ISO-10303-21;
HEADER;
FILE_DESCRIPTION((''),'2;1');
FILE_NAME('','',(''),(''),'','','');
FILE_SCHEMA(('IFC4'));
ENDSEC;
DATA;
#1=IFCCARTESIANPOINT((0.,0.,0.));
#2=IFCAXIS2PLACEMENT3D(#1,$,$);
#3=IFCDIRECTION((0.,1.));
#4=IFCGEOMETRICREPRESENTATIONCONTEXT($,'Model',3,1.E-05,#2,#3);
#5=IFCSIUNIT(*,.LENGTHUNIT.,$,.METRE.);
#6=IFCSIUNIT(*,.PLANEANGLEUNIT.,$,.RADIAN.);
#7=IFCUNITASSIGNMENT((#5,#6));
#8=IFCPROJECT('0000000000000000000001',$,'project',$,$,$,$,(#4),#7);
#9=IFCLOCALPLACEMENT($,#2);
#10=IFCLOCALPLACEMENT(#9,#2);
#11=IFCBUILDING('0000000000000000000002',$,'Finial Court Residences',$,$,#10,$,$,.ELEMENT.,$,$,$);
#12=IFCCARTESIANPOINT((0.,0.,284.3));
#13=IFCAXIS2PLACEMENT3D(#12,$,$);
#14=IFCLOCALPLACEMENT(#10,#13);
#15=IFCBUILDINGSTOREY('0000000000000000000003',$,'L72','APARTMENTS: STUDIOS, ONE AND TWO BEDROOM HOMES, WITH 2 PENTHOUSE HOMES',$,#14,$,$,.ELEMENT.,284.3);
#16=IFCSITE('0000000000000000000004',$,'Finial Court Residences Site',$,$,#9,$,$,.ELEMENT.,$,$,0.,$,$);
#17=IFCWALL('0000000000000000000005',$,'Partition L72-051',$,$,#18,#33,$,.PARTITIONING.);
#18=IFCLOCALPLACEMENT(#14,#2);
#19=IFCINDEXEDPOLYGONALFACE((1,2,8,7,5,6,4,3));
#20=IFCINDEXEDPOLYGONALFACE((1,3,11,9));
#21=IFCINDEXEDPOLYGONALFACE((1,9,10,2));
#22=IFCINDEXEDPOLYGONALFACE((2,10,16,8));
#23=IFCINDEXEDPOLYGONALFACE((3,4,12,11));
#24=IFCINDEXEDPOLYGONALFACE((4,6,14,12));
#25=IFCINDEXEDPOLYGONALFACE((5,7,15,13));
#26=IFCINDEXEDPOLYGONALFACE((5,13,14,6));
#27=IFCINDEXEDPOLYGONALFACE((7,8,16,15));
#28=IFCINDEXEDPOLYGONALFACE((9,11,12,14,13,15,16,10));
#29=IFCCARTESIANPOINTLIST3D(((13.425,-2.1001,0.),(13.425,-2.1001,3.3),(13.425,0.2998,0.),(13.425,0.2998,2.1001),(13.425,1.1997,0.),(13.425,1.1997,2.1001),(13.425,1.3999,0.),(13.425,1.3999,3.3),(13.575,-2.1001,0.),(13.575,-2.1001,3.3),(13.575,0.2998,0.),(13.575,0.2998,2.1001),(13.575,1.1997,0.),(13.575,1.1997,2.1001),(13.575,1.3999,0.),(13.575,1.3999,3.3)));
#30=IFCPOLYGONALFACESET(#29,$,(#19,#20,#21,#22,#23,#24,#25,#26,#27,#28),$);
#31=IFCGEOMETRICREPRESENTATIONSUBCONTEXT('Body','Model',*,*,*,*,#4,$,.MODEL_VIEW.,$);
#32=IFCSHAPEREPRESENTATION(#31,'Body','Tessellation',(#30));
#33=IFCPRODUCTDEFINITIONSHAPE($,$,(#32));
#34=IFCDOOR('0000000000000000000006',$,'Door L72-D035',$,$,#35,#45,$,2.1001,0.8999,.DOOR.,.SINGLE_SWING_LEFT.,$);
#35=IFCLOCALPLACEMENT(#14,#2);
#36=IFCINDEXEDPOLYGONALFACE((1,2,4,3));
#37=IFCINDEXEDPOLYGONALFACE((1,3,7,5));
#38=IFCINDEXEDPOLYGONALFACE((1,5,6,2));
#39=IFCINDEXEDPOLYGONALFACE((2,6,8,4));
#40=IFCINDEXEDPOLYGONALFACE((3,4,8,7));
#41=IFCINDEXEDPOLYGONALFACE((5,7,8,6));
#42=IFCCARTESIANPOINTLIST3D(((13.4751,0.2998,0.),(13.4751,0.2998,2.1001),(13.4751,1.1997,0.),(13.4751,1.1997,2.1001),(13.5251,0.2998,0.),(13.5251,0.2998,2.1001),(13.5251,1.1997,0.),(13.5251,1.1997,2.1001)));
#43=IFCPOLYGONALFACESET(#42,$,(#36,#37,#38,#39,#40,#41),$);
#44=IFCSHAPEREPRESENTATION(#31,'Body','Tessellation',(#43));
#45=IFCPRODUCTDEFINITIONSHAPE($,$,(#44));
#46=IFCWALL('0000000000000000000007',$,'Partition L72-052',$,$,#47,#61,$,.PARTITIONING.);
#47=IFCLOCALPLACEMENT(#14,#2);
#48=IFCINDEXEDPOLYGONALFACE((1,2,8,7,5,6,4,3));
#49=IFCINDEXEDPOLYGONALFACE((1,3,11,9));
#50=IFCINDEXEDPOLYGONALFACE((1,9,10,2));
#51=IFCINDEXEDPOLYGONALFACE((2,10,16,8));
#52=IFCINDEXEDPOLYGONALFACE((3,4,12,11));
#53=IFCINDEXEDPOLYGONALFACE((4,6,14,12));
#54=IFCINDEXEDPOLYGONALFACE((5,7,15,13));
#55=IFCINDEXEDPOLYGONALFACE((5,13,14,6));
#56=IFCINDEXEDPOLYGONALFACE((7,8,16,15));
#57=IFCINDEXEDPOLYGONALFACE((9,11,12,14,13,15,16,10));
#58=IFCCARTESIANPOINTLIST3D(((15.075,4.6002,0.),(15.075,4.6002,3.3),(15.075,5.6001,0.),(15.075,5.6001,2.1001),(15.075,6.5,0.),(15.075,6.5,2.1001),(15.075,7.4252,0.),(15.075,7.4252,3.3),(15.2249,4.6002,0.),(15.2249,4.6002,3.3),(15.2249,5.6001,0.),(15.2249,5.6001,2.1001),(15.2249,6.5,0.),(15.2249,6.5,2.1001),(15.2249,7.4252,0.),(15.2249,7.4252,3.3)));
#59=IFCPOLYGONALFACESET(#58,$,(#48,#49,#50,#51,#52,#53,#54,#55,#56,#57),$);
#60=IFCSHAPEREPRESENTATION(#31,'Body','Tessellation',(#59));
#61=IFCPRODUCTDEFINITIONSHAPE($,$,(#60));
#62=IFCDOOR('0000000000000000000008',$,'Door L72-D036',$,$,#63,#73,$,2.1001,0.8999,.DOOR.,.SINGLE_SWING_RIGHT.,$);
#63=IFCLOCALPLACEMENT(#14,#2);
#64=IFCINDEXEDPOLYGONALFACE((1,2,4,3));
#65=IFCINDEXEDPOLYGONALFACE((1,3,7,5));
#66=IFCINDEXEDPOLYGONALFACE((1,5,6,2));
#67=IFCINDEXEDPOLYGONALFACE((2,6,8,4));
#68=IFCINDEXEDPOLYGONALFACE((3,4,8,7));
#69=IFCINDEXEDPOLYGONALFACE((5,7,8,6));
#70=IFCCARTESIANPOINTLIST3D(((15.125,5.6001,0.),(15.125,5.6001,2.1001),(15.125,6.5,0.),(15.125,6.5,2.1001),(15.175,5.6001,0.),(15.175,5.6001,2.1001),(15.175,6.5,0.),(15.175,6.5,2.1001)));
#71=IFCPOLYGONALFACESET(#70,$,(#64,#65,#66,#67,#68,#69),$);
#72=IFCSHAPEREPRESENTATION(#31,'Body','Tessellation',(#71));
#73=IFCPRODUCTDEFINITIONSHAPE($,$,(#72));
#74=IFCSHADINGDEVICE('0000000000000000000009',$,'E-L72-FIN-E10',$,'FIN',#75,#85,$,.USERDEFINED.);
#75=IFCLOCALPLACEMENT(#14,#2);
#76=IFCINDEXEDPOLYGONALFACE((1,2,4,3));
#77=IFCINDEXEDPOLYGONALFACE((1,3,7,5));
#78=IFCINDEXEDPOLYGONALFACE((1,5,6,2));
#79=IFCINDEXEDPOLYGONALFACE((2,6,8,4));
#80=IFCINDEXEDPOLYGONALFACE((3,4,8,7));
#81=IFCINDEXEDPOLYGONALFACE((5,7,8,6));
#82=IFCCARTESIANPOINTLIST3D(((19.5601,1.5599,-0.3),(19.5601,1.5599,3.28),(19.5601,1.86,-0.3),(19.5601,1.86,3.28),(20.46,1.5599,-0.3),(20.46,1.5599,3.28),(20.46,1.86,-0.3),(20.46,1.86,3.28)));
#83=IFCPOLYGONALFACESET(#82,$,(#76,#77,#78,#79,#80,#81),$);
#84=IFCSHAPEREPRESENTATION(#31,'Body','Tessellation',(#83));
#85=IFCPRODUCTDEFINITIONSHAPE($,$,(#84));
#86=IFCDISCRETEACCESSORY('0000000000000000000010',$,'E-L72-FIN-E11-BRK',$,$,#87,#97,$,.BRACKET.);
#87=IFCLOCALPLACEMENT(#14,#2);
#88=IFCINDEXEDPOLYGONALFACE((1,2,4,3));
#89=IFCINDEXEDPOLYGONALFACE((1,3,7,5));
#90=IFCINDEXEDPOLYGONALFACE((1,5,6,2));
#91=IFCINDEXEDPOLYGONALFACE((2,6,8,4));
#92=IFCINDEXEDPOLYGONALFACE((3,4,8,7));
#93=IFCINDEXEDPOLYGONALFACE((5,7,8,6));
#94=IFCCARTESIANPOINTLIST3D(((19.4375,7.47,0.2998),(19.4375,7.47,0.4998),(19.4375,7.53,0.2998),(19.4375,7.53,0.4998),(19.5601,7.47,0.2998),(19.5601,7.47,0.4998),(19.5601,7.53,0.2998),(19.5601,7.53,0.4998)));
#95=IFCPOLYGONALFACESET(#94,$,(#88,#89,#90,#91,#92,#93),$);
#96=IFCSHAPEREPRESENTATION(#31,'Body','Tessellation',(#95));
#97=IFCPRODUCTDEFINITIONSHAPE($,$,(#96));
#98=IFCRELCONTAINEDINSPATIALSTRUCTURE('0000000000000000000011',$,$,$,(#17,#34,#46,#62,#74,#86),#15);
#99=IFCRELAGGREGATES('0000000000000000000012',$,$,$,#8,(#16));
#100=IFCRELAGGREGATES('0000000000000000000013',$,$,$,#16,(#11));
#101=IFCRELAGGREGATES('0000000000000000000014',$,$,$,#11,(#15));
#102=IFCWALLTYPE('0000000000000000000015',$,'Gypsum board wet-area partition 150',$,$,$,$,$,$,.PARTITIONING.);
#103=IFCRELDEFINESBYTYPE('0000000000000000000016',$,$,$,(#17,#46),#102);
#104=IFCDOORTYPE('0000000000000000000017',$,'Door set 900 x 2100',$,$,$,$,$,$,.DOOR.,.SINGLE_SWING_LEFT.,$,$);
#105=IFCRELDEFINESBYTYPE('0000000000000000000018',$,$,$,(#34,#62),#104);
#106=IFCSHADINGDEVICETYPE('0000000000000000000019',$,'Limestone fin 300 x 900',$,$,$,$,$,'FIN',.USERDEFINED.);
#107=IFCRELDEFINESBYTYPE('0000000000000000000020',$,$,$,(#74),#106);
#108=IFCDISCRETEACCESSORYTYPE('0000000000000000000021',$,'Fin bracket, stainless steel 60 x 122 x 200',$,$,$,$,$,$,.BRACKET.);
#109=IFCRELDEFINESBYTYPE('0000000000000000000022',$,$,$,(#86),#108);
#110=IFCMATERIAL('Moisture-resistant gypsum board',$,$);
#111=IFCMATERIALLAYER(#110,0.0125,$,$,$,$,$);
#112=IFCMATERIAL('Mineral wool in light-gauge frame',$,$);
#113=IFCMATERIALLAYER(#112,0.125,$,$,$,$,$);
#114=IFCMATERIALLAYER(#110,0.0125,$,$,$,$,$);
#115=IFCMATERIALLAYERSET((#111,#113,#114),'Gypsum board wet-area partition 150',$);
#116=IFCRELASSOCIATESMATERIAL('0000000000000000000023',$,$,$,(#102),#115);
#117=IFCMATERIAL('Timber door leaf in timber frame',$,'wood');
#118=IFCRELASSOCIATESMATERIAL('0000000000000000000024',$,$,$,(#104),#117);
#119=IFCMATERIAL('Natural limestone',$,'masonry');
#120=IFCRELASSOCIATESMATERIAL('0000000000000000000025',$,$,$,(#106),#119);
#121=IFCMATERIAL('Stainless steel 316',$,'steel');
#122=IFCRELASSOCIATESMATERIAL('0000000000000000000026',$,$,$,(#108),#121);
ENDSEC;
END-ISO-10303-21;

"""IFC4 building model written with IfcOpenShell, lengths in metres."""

from ifc_helpers import new_model, si_unit, direction, frame, frame_2d, origin, origin_2d, place, context, subcontext, project, spatial, rectangle, extrude, material, layer, layer_set, type_object, element, fill, save


model = new_model("IFC4")

# Units and contexts
model_context = context("Model", 3, precision=1e-05, world=origin(), true_north=direction((0.0, 1.0)))
body_context = subcontext(model_context, "Body", "Model", "MODEL_VIEW")
ifc_project = project(units=[si_unit("LENGTHUNIT", "METRE"), si_unit("PLANEANGLEUNIT", "RADIAN")], contexts=[model_context])

# Site, building, storey
site_placement = place(None, origin())
site = spatial("IfcSite", under=ifc_project, at=site_placement, Name="Finial Court Residences Site", CompositionType="ELEMENT", RefElevation=0.0)
building_placement = place(site_placement, origin())
building = spatial("IfcBuilding", under=site, at=building_placement, Name="Finial Court Residences", CompositionType="ELEMENT")
storey_placement = place(building_placement, frame((0.0, 0.0, 284.3)))
storey = spatial("IfcBuildingStorey", under=building, at=storey_placement, Name="L72", Description="APARTMENTS: STUDIOS, ONE AND TWO BEDROOM HOMES, WITH 2 PENTHOUSE HOMES", CompositionType="ELEMENT", Elevation=284.3)

# Shared definitions
ifc_material_1 = material(Name="Mineral wool in light-gauge frame")
ifc_material_2 = material(Name="Moisture-resistant gypsum board")
ifc_layer_1 = layer(ifc_material_2, 0.0125)
ifc_layer_2 = layer(ifc_material_1, 0.125)
ifc_layer_3 = layer(ifc_material_2, 0.0125)
ifc_layer_set_1 = layer_set([ifc_layer_1, ifc_layer_2, ifc_layer_3], Name="Gypsum board wet-area partition 150")
wall_type_1 = type_object("IfcWallType", Name="Gypsum board wet-area partition 150", PredefinedType="PARTITIONING", material=ifc_layer_set_1)

# Walls, openings, doors
wall_1_placement = place(storey_placement, frame((13.5, -2.1001, 0.0), z_axis=(0.0, 0.0, 1.0), x_axis=(0.0, 1.0, 0.0)))
wall_1 = element("IfcWall", 1, at=wall_1_placement, inside=storey, type_object=wall_type_1, Name="Partition L72-051", PredefinedType="PARTITIONING", context=body_context, shape_type="SweptSolid", body=[
    extrude(rectangle(XDim=3.5, YDim=0.1499, at=frame_2d((1.75, 0.0))), origin(), (0.0, 0.0, 1.0), 3.3),
])
opening_1_placement = place(wall_1_placement, frame((2.3999, 0.0, 0.0)))
opening_1 = element("IfcOpeningElement", 2, at=opening_1_placement, cuts=wall_1, PredefinedType="OPENING", context=body_context, shape_type="SweptSolid", body=[
    extrude(rectangle(XDim=0.8999, YDim=2.1001, at=frame_2d((0.45, 1.05))), frame((0.0, 0.085, 0.0), z_axis=(0.0, -1.0, 0.0), x_axis=(1.0, 0.0, 0.0)), (0.0, 0.0, 1.0), 0.1699),
])
ifc_material_3 = material(Name="Timber door leaf in timber frame", Category="wood")
door_type = type_object("IfcDoorType", Name="Door set 900 x 2100", OperationType="SINGLE_SWING_LEFT", PredefinedType="DOOR", material=ifc_material_3)
door_1_placement = place(opening_1_placement, origin())
door_1 = element("IfcDoor", 3, at=door_1_placement, inside=storey, type_object=door_type, Name="Door L72-D035", OperationType="SINGLE_SWING_LEFT", OverallHeight=2.1001, OverallWidth=0.8999, PredefinedType="DOOR", context=body_context, shape_type="SweptSolid", body=[
    extrude(rectangle(XDim=0.8999, YDim=2.1001, at=frame_2d((0.45, 1.05))), frame((0.0, 0.0249, 0.0), z_axis=(0.0, -1.0, 0.0), x_axis=(1.0, 0.0, 0.0)), (0.0, 0.0, 1.0), 0.05),
])
fill(opening_1, door_1)
wall_2_placement = place(storey_placement, frame((15.1499, 4.6001, 0.0), z_axis=(0.0, 0.0, 1.0), x_axis=(0.0, 1.0, 0.0)))
wall_2 = element("IfcWall", 4, at=wall_2_placement, inside=storey, type_object=wall_type_1, Name="Partition L72-052", PredefinedType="PARTITIONING", context=body_context, shape_type="SweptSolid", body=[
    extrude(rectangle(XDim=2.825, YDim=0.1499, at=frame_2d((1.4126, 0.0))), origin(), (0.0, 0.0, 1.0), 3.3),
])
opening_2_placement = place(wall_2_placement, frame((1.0, 0.0, 0.0)))
opening_2 = element("IfcOpeningElement", 5, at=opening_2_placement, cuts=wall_2, PredefinedType="OPENING", context=body_context, shape_type="SweptSolid", body=[
    extrude(rectangle(XDim=0.8999, YDim=2.1001, at=frame_2d((0.45, 1.05))), frame((0.0, 0.085, 0.0), z_axis=(0.0, -1.0, 0.0), x_axis=(1.0, 0.0, 0.0)), (0.0, 0.0, 1.0), 0.1699),
])
door_2_placement = place(opening_2_placement, origin())
door_2 = element("IfcDoor", 6, at=door_2_placement, inside=storey, type_object=door_type, Name="Door L72-D036", OperationType="SINGLE_SWING_RIGHT", OverallHeight=2.1001, OverallWidth=0.8999, PredefinedType="DOOR", context=body_context, shape_type="SweptSolid", body=[
    extrude(rectangle(XDim=0.8999, YDim=2.1001, at=frame_2d((0.45, 1.05))), frame((0.0, 0.0249, 0.0), z_axis=(0.0, -1.0, 0.0), x_axis=(1.0, 0.0, 0.0)), (0.0, 0.0, 1.0), 0.05),
])
fill(opening_2, door_2)

# Shading device
ifc_material_4 = material(Name="Natural limestone", Category="masonry")
shading_device_type = type_object("IfcShadingDeviceType", Name="Limestone fin 300 x 900", ElementType="FIN", PredefinedType="USERDEFINED", material=ifc_material_4)
shading_device_placement = place(storey_placement, frame((20.01, 1.71, -0.3), z_axis=(0.0, 0.0, 1.0), x_axis=(1.0, 0.0, 0.0)))
element("IfcShadingDevice", 7, at=shading_device_placement, inside=storey, type_object=shading_device_type, Name="E-L72-FIN-E10", ObjectType="FIN", PredefinedType="USERDEFINED", context=body_context, shape_type="SweptSolid", body=[
    extrude(rectangle(XDim=0.8999, YDim=0.3, at=origin_2d()), origin(), (0.0, 0.0, 1.0), 3.5801),
])

# Discrete accessory
ifc_material_5 = material(Name="Stainless steel 316", Category="steel")
discrete_accessory_type = type_object("IfcDiscreteAccessoryType", Name="Fin bracket, stainless steel 60 x 122 x 200", PredefinedType="BRACKET", material=ifc_material_5)
discrete_accessory_placement = place(storey_placement, frame((19.4988, 7.5, 0.2998), z_axis=(0.0, 0.0, 1.0), x_axis=(1.0, 0.0, 0.0)))
element("IfcDiscreteAccessory", 8, at=discrete_accessory_placement, inside=storey, type_object=discrete_accessory_type, Name="E-L72-FIN-E11-BRK", PredefinedType="BRACKET", context=body_context, shape_type="SweptSolid", body=[
    extrude(rectangle(XDim=0.1226, YDim=0.0601, at=origin_2d()), origin(), (0.0, 0.0, 1.0), 0.2),
])

save(model, "model.ifc")
